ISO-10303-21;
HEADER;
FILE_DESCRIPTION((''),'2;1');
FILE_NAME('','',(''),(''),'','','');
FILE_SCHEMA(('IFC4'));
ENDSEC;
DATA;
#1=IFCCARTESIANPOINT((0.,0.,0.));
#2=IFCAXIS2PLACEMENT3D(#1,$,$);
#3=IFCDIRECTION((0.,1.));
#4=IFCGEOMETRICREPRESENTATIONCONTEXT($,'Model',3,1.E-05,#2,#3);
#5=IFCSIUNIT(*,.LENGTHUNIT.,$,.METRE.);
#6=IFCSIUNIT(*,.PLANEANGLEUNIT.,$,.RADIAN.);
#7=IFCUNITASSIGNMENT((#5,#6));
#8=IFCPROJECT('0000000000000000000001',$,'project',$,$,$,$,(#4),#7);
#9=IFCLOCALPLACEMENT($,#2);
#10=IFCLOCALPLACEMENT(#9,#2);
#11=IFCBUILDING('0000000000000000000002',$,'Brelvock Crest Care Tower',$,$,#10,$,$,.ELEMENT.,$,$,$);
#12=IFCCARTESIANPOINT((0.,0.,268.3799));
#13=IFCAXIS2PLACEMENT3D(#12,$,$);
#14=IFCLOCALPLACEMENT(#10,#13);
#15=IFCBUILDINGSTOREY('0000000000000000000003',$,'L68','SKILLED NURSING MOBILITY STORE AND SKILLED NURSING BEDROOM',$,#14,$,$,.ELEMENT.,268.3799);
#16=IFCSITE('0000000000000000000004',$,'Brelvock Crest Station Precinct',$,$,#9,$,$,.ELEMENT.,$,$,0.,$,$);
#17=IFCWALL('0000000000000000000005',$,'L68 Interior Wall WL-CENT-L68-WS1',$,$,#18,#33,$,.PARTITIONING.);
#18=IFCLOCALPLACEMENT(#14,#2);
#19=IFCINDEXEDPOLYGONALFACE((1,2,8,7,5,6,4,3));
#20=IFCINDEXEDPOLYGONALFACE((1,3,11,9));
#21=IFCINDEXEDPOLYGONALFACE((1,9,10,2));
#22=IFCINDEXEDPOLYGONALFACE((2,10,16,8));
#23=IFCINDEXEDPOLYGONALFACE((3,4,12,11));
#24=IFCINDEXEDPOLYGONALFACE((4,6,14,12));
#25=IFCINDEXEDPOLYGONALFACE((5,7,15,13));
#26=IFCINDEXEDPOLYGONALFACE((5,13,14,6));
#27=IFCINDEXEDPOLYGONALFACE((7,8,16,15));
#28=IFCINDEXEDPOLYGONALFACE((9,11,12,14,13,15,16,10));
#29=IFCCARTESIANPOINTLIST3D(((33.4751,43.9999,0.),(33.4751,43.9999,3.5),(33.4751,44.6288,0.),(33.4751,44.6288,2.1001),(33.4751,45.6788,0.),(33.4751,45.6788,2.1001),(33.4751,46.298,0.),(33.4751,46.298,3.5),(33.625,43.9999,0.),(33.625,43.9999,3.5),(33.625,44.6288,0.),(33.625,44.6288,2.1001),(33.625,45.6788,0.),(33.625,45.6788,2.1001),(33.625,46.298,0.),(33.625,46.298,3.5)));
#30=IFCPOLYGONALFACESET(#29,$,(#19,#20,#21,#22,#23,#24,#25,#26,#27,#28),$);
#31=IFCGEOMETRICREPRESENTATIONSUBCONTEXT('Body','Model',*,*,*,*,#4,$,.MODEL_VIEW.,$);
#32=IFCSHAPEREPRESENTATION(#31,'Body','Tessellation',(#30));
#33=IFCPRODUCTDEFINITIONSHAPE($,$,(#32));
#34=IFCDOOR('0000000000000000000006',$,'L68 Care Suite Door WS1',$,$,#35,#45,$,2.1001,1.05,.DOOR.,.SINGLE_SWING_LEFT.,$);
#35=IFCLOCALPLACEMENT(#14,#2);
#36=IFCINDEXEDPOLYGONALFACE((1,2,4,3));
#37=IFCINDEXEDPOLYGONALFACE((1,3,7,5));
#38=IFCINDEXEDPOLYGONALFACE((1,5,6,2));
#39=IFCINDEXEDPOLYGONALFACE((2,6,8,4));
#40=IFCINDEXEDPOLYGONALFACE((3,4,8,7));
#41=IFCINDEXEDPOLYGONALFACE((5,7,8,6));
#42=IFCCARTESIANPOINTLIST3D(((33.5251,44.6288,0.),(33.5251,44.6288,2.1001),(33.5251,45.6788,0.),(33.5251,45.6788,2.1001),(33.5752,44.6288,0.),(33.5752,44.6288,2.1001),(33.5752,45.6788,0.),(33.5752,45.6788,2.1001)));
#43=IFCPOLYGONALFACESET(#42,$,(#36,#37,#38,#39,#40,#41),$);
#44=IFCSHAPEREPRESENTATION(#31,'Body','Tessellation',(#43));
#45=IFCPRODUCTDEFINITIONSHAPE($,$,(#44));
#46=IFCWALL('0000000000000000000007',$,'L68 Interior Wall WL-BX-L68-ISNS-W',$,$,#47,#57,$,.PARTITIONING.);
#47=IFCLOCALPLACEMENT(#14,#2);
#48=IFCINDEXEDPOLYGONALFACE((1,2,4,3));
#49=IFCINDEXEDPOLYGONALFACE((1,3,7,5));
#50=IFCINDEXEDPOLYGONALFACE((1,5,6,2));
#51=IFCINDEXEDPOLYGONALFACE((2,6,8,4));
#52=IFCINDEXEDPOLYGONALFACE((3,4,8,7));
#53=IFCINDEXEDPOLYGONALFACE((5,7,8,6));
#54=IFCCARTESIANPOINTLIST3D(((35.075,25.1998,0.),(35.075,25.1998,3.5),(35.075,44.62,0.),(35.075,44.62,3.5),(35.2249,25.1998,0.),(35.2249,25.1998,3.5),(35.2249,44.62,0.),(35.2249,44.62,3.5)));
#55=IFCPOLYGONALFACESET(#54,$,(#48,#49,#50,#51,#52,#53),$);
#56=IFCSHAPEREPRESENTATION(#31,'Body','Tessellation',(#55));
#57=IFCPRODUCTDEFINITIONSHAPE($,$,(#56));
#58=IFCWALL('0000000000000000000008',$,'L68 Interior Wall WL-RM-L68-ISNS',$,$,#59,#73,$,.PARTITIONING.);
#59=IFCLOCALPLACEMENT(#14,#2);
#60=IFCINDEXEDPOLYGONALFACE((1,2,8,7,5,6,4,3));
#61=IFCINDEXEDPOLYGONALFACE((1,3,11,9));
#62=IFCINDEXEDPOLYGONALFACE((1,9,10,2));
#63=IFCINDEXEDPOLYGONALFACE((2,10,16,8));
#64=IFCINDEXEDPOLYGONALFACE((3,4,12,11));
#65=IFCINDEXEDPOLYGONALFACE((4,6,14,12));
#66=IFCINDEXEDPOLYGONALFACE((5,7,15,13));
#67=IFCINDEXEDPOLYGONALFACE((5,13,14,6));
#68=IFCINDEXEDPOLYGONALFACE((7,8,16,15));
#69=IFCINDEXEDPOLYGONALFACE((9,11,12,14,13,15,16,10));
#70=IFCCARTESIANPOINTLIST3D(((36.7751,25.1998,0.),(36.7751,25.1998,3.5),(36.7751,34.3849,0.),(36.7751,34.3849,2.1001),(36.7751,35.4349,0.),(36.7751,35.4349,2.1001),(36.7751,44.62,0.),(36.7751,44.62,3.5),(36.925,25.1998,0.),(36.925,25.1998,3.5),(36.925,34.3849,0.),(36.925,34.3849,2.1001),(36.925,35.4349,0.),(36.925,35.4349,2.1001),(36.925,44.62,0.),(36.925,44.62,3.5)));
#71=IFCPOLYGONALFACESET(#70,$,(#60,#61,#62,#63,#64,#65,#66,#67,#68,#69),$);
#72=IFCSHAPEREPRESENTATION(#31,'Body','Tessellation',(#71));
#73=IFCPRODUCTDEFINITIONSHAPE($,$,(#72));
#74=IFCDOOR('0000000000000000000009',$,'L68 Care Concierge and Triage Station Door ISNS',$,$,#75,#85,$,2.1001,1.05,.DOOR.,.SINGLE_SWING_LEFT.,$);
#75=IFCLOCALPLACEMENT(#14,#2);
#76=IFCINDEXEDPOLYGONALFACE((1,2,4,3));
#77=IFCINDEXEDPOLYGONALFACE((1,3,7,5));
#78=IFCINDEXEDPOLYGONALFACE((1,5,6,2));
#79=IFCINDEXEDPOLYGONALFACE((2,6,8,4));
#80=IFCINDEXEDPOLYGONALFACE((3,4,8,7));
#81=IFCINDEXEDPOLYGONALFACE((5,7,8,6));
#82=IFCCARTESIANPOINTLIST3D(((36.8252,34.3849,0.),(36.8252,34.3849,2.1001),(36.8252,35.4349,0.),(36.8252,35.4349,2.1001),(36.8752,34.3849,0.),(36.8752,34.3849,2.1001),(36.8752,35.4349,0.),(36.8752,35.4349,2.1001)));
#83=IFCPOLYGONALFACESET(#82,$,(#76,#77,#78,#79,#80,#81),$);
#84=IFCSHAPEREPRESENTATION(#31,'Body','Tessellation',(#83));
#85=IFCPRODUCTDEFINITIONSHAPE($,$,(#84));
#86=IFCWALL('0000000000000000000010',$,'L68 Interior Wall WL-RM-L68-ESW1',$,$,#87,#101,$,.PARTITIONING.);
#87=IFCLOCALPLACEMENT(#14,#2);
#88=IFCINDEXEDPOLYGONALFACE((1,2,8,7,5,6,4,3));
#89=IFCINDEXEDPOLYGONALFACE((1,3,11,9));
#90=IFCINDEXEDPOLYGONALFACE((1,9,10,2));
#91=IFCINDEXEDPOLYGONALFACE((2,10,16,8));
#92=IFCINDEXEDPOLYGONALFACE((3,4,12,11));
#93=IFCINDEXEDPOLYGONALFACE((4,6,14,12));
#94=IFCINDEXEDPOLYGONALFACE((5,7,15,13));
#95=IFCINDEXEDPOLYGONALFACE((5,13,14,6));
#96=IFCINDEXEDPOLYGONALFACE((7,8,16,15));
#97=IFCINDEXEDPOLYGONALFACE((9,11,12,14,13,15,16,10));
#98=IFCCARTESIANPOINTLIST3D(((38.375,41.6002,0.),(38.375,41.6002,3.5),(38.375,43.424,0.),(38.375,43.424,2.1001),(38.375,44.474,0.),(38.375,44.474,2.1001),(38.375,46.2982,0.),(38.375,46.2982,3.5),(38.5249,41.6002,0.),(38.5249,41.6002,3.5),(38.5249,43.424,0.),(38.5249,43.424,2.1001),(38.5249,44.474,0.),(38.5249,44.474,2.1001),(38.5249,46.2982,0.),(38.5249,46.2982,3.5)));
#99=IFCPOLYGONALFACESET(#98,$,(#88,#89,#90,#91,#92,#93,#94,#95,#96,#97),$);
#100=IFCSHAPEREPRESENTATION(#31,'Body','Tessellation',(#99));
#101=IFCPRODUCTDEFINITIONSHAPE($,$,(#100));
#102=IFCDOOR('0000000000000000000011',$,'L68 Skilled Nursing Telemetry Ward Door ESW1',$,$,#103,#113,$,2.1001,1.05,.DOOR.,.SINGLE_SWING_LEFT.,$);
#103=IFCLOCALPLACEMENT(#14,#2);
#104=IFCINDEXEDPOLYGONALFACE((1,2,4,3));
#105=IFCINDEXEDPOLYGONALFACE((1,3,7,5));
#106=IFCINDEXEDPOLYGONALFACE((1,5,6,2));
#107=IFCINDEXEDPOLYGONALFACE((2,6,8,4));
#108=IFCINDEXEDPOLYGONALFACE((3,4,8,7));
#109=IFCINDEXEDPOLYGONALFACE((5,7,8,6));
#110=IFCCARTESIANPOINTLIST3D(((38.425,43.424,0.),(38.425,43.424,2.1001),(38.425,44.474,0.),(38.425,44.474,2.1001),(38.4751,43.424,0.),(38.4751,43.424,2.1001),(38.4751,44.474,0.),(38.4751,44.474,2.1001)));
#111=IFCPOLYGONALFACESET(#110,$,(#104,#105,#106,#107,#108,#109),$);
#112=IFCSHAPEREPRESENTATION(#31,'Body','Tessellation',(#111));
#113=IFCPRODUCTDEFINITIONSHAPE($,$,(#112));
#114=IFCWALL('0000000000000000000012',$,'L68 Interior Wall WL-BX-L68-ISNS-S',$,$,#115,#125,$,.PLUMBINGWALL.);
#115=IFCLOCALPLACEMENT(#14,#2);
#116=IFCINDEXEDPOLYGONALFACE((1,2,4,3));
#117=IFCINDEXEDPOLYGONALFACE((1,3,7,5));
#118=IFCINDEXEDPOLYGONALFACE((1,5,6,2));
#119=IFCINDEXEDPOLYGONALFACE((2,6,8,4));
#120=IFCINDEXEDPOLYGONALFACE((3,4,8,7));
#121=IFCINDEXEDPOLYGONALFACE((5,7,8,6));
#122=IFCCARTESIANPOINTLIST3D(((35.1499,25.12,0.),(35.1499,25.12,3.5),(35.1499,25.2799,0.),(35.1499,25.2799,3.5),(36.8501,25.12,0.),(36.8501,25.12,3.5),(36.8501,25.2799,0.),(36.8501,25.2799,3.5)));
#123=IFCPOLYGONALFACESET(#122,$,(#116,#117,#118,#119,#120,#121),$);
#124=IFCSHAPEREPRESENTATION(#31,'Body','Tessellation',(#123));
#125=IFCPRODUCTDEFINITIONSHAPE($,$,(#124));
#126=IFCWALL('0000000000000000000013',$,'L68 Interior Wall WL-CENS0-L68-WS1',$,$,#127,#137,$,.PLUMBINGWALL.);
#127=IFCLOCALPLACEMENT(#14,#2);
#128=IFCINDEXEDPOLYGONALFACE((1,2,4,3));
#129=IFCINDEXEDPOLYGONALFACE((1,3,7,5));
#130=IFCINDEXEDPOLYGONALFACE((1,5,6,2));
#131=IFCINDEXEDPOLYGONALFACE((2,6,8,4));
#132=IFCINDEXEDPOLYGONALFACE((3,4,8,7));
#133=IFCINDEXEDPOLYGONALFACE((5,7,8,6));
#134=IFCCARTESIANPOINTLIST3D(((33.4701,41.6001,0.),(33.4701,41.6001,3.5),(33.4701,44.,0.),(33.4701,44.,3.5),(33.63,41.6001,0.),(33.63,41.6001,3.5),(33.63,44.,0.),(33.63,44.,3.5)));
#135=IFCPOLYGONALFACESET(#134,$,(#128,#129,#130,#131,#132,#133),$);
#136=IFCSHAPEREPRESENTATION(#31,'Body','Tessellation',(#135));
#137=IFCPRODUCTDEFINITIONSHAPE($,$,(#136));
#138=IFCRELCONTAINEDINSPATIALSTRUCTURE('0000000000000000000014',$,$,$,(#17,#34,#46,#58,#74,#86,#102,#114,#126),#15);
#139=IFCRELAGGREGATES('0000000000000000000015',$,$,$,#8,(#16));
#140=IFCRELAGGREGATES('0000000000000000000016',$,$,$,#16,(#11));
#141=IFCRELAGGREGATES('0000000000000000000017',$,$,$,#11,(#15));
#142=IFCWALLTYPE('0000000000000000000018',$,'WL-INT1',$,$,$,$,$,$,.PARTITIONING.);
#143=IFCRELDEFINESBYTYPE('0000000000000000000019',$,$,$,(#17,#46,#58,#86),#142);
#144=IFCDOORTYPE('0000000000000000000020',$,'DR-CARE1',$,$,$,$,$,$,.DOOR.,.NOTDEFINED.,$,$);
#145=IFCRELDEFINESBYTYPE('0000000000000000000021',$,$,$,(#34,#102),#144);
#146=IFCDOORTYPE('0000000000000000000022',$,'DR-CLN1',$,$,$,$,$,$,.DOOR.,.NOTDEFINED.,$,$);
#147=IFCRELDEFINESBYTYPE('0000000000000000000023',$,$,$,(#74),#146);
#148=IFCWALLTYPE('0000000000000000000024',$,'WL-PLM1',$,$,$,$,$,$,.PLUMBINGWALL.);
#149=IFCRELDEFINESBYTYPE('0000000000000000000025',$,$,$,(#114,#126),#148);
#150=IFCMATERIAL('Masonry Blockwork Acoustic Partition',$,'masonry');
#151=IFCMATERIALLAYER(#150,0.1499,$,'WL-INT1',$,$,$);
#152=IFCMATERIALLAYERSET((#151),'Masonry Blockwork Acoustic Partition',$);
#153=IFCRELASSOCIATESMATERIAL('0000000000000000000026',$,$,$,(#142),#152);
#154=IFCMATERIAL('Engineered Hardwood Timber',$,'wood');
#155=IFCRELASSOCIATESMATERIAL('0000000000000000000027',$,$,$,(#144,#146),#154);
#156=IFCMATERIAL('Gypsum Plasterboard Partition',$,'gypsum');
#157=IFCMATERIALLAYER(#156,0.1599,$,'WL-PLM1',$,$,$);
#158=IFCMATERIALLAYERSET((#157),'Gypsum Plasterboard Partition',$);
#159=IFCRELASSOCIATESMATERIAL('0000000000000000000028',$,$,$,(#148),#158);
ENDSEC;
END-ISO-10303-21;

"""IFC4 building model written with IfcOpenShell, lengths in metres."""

from ifc_helpers import new_model, si_unit, direction, frame, frame_2d, origin, origin_2d, place, context, subcontext, project, spatial, rectangle, extrude, source, transform, mapped, material, layer, layer_set, type_object, element, fill, save


model = new_model("IFC4")

# Units and contexts
model_context = context("Model", 3, precision=1e-05, world=origin(), true_north=direction((0.0, 1.0)))
body_context = subcontext(model_context, "Body", "Model", "MODEL_VIEW")
ifc_project = project(units=[si_unit("LENGTHUNIT", "METRE"), si_unit("PLANEANGLEUNIT", "RADIAN")], contexts=[model_context])

# Site, building, storey
site_placement = place(None, origin())
site = spatial("IfcSite", under=ifc_project, at=site_placement, Name="Brelvock Crest Station Precinct", CompositionType="ELEMENT", RefElevation=0.0)
building_placement = place(site_placement, origin())
building = spatial("IfcBuilding", under=site, at=building_placement, Name="Brelvock Crest Care Tower", CompositionType="ELEMENT")
storey_placement = place(building_placement, frame((0.0, 0.0, 268.3799)))
storey = spatial("IfcBuildingStorey", under=building, at=storey_placement, Name="L68", Description="SKILLED NURSING MOBILITY STORE AND SKILLED NURSING BEDROOM", CompositionType="ELEMENT", Elevation=268.3799)

# Shared definitions
ifc_material_1 = material(Name="Masonry Blockwork Acoustic Partition", Category="masonry")
ifc_layer_1 = layer(ifc_material_1, 0.1499, Name="WL-INT1")
ifc_layer_set_1 = layer_set([ifc_layer_1], Name="Masonry Blockwork Acoustic Partition")
wall_type_1 = type_object("IfcWallType", Name="WL-INT1", PredefinedType="PARTITIONING", material=ifc_layer_set_1)

# Wall, opening, door
wall_1_placement = place(storey_placement, frame((33.55, 44.0, 0.0), z_axis=(0.0, 0.0, 1.0), x_axis=(0.0, 1.0, 0.0)))
wall_1 = element("IfcWall", 1, at=wall_1_placement, inside=storey, type_object=wall_type_1, Name="L68 Interior Wall WL-CENT-L68-WS1", PredefinedType="PARTITIONING", context=body_context, shape_type="SweptSolid", body=[
    extrude(rectangle(XDim=2.2981, YDim=0.1499, at=frame_2d((1.1489, 0.0))), origin(), (0.0, 0.0, 1.0), 3.5),
])
opening_1_placement = place(wall_1_placement, frame((0.6289, 0.0, 0.0)))
opening_1 = element("IfcOpeningElement", 2, at=opening_1_placement, cuts=wall_1, PredefinedType="OPENING", context=body_context, shape_type="SweptSolid", body=[
    extrude(rectangle(XDim=1.05, YDim=2.1001, at=origin_2d()), frame((0.5249, 0.085, 1.05), z_axis=(0.0, -1.0, 0.0), x_axis=(1.0, 0.0, 0.0)), (0.0, 0.0, 1.0), 0.1699),
])
ifc_material_2 = material(Name="Engineered Hardwood Timber", Category="wood")
door_type_1 = type_object("IfcDoorType", Name="DR-CARE1", OperationType="NOTDEFINED", PredefinedType="DOOR", material=ifc_material_2)
shared_shape_1 = source(origin(), body_context, "Body", "SweptSolid", [
    extrude(rectangle(XDim=1.05, YDim=2.1001, at=origin_2d()), frame((0.5249, 0.0249, 1.05), z_axis=(0.0, -1.0, 0.0), x_axis=(1.0, 0.0, 0.0)), (0.0, 0.0, 1.0), 0.05),
])
door_1_placement = place(opening_1_placement, origin())
door_1 = element("IfcDoor", 3, at=door_1_placement, inside=storey, type_object=door_type_1, Name="L68 Care Suite Door WS1", OperationType="SINGLE_SWING_LEFT", OverallHeight=2.1001, OverallWidth=1.05, PredefinedType="DOOR", context=body_context, shape_type="MappedRepresentation", body=[
    mapped(shared_shape_1, transform((0.0, 0.0, 0.0), x_axis=(1.0, 0.0, 0.0), y_axis=(0.0, 1.0, 0.0), z_axis=(0.0, 0.0, 1.0), scale=1.0)),
])
fill(opening_1, door_1)

# Wall
wall_2_placement = place(storey_placement, frame((35.1499, 25.2, 0.0), z_axis=(0.0, 0.0, 1.0), x_axis=(0.0, 1.0, 0.0)))
element("IfcWall", 4, at=wall_2_placement, inside=storey, type_object=wall_type_1, Name="L68 Interior Wall WL-BX-L68-ISNS-W", PredefinedType="PARTITIONING", context=body_context, shape_type="SweptSolid", body=[
    extrude(rectangle(XDim=19.4202, YDim=0.1499, at=frame_2d((9.71, 0.0))), origin(), (0.0, 0.0, 1.0), 3.5),
])

# Walls, openings, doors
wall_3_placement = place(storey_placement, frame((36.8501, 25.2, 0.0), z_axis=(0.0, 0.0, 1.0), x_axis=(0.0, 1.0, 0.0)))
wall_3 = element("IfcWall", 5, at=wall_3_placement, inside=storey, type_object=wall_type_1, Name="L68 Interior Wall WL-RM-L68-ISNS", PredefinedType="PARTITIONING", context=body_context, shape_type="SweptSolid", body=[
    extrude(rectangle(XDim=19.4202, YDim=0.1499, at=frame_2d((9.71, 0.0))), origin(), (0.0, 0.0, 1.0), 3.5),
])
opening_2_placement = place(wall_3_placement, frame((9.1851, 0.0, 0.0)))
opening_2 = element("IfcOpeningElement", 6, at=opening_2_placement, cuts=wall_3, PredefinedType="OPENING", context=body_context, shape_type="SweptSolid", body=[
    extrude(rectangle(XDim=1.05, YDim=2.1001, at=origin_2d()), frame((0.5249, 0.085, 1.05), z_axis=(0.0, -1.0, 0.0), x_axis=(1.0, 0.0, 0.0)), (0.0, 0.0, 1.0), 0.1699),
])
door_type_2 = type_object("IfcDoorType", Name="DR-CLN1", OperationType="NOTDEFINED", PredefinedType="DOOR", material=ifc_material_2)
shared_shape_2 = source(origin(), body_context, "Body", "SweptSolid", [
    extrude(rectangle(XDim=1.05, YDim=2.1001, at=origin_2d()), frame((0.5249, 0.0249, 1.05), z_axis=(0.0, -1.0, 0.0), x_axis=(1.0, 0.0, 0.0)), (0.0, 0.0, 1.0), 0.05),
])
door_2_placement = place(opening_2_placement, origin())
door_2 = element("IfcDoor", 7, at=door_2_placement, inside=storey, type_object=door_type_2, Name="L68 Care Concierge and Triage Station Door ISNS", OperationType="SINGLE_SWING_LEFT", OverallHeight=2.1001, OverallWidth=1.05, PredefinedType="DOOR", context=body_context, shape_type="MappedRepresentation", body=[
    mapped(shared_shape_2, transform((0.0, 0.0, 0.0), x_axis=(1.0, 0.0, 0.0), y_axis=(0.0, 1.0, 0.0), z_axis=(0.0, 0.0, 1.0), scale=1.0)),
])
fill(opening_2, door_2)
wall_4_placement = place(storey_placement, frame((38.45, 41.6001, 0.0), z_axis=(0.0, 0.0, 1.0), x_axis=(0.0, 1.0, 0.0)))
wall_4 = element("IfcWall", 8, at=wall_4_placement, inside=storey, type_object=wall_type_1, Name="L68 Interior Wall WL-RM-L68-ESW1", PredefinedType="PARTITIONING", context=body_context, shape_type="SweptSolid", body=[
    extrude(rectangle(XDim=4.698, YDim=0.1499, at=frame_2d((2.3491, 0.0))), origin(), (0.0, 0.0, 1.0), 3.5),
])
opening_3_placement = place(wall_4_placement, frame((1.824, 0.0, 0.0)))
opening_3 = element("IfcOpeningElement", 9, at=opening_3_placement, cuts=wall_4, PredefinedType="OPENING", context=body_context, shape_type="SweptSolid", body=[
    extrude(rectangle(XDim=1.05, YDim=2.1001, at=origin_2d()), frame((0.5249, 0.085, 1.05), z_axis=(0.0, -1.0, 0.0), x_axis=(1.0, 0.0, 0.0)), (0.0, 0.0, 1.0), 0.1699),
])
door_3_placement = place(opening_3_placement, origin())
door_3 = element("IfcDoor", 10, at=door_3_placement, inside=storey, type_object=door_type_1, Name="L68 Skilled Nursing Telemetry Ward Door ESW1", OperationType="SINGLE_SWING_LEFT", OverallHeight=2.1001, OverallWidth=1.05, PredefinedType="DOOR", context=body_context, shape_type="MappedRepresentation", body=[
    mapped(shared_shape_1, transform((0.0, 0.0, 0.0), x_axis=(1.0, 0.0, 0.0), y_axis=(0.0, 1.0, 0.0), z_axis=(0.0, 0.0, 1.0), scale=1.0)),
])
fill(opening_3, door_3)

# Walls
ifc_material_3 = material(Name="Gypsum Plasterboard Partition", Category="gypsum")
ifc_layer_2 = layer(ifc_material_3, 0.1599, Name="WL-PLM1")
ifc_layer_set_2 = layer_set([ifc_layer_2], Name="Gypsum Plasterboard Partition")
wall_type_2 = type_object("IfcWallType", Name="WL-PLM1", PredefinedType="PLUMBINGWALL", material=ifc_layer_set_2)
wall_5_placement = place(storey_placement, frame((35.1499, 25.2, 0.0), z_axis=(0.0, 0.0, 1.0), x_axis=(1.0, 0.0, 0.0)))
element("IfcWall", 11, at=wall_5_placement, inside=storey, type_object=wall_type_2, Name="L68 Interior Wall WL-BX-L68-ISNS-S", PredefinedType="PLUMBINGWALL", context=body_context, shape_type="SweptSolid", body=[
    extrude(rectangle(XDim=1.7002, YDim=0.1599, at=frame_2d((0.8501, 0.0))), origin(), (0.0, 0.0, 1.0), 3.5),
])
wall_6_placement = place(storey_placement, frame((33.55, 41.6001, 0.0), z_axis=(0.0, 0.0, 1.0), x_axis=(0.0, 1.0, 0.0)))
element("IfcWall", 12, at=wall_6_placement, inside=storey, type_object=wall_type_2, Name="L68 Interior Wall WL-CENS0-L68-WS1", PredefinedType="PLUMBINGWALL", context=body_context, shape_type="SweptSolid", body=[
    extrude(rectangle(XDim=2.3999, YDim=0.1599, at=frame_2d((1.2, 0.0))), origin(), (0.0, 0.0, 1.0), 3.5),
])

save(model, "model.ifc")
